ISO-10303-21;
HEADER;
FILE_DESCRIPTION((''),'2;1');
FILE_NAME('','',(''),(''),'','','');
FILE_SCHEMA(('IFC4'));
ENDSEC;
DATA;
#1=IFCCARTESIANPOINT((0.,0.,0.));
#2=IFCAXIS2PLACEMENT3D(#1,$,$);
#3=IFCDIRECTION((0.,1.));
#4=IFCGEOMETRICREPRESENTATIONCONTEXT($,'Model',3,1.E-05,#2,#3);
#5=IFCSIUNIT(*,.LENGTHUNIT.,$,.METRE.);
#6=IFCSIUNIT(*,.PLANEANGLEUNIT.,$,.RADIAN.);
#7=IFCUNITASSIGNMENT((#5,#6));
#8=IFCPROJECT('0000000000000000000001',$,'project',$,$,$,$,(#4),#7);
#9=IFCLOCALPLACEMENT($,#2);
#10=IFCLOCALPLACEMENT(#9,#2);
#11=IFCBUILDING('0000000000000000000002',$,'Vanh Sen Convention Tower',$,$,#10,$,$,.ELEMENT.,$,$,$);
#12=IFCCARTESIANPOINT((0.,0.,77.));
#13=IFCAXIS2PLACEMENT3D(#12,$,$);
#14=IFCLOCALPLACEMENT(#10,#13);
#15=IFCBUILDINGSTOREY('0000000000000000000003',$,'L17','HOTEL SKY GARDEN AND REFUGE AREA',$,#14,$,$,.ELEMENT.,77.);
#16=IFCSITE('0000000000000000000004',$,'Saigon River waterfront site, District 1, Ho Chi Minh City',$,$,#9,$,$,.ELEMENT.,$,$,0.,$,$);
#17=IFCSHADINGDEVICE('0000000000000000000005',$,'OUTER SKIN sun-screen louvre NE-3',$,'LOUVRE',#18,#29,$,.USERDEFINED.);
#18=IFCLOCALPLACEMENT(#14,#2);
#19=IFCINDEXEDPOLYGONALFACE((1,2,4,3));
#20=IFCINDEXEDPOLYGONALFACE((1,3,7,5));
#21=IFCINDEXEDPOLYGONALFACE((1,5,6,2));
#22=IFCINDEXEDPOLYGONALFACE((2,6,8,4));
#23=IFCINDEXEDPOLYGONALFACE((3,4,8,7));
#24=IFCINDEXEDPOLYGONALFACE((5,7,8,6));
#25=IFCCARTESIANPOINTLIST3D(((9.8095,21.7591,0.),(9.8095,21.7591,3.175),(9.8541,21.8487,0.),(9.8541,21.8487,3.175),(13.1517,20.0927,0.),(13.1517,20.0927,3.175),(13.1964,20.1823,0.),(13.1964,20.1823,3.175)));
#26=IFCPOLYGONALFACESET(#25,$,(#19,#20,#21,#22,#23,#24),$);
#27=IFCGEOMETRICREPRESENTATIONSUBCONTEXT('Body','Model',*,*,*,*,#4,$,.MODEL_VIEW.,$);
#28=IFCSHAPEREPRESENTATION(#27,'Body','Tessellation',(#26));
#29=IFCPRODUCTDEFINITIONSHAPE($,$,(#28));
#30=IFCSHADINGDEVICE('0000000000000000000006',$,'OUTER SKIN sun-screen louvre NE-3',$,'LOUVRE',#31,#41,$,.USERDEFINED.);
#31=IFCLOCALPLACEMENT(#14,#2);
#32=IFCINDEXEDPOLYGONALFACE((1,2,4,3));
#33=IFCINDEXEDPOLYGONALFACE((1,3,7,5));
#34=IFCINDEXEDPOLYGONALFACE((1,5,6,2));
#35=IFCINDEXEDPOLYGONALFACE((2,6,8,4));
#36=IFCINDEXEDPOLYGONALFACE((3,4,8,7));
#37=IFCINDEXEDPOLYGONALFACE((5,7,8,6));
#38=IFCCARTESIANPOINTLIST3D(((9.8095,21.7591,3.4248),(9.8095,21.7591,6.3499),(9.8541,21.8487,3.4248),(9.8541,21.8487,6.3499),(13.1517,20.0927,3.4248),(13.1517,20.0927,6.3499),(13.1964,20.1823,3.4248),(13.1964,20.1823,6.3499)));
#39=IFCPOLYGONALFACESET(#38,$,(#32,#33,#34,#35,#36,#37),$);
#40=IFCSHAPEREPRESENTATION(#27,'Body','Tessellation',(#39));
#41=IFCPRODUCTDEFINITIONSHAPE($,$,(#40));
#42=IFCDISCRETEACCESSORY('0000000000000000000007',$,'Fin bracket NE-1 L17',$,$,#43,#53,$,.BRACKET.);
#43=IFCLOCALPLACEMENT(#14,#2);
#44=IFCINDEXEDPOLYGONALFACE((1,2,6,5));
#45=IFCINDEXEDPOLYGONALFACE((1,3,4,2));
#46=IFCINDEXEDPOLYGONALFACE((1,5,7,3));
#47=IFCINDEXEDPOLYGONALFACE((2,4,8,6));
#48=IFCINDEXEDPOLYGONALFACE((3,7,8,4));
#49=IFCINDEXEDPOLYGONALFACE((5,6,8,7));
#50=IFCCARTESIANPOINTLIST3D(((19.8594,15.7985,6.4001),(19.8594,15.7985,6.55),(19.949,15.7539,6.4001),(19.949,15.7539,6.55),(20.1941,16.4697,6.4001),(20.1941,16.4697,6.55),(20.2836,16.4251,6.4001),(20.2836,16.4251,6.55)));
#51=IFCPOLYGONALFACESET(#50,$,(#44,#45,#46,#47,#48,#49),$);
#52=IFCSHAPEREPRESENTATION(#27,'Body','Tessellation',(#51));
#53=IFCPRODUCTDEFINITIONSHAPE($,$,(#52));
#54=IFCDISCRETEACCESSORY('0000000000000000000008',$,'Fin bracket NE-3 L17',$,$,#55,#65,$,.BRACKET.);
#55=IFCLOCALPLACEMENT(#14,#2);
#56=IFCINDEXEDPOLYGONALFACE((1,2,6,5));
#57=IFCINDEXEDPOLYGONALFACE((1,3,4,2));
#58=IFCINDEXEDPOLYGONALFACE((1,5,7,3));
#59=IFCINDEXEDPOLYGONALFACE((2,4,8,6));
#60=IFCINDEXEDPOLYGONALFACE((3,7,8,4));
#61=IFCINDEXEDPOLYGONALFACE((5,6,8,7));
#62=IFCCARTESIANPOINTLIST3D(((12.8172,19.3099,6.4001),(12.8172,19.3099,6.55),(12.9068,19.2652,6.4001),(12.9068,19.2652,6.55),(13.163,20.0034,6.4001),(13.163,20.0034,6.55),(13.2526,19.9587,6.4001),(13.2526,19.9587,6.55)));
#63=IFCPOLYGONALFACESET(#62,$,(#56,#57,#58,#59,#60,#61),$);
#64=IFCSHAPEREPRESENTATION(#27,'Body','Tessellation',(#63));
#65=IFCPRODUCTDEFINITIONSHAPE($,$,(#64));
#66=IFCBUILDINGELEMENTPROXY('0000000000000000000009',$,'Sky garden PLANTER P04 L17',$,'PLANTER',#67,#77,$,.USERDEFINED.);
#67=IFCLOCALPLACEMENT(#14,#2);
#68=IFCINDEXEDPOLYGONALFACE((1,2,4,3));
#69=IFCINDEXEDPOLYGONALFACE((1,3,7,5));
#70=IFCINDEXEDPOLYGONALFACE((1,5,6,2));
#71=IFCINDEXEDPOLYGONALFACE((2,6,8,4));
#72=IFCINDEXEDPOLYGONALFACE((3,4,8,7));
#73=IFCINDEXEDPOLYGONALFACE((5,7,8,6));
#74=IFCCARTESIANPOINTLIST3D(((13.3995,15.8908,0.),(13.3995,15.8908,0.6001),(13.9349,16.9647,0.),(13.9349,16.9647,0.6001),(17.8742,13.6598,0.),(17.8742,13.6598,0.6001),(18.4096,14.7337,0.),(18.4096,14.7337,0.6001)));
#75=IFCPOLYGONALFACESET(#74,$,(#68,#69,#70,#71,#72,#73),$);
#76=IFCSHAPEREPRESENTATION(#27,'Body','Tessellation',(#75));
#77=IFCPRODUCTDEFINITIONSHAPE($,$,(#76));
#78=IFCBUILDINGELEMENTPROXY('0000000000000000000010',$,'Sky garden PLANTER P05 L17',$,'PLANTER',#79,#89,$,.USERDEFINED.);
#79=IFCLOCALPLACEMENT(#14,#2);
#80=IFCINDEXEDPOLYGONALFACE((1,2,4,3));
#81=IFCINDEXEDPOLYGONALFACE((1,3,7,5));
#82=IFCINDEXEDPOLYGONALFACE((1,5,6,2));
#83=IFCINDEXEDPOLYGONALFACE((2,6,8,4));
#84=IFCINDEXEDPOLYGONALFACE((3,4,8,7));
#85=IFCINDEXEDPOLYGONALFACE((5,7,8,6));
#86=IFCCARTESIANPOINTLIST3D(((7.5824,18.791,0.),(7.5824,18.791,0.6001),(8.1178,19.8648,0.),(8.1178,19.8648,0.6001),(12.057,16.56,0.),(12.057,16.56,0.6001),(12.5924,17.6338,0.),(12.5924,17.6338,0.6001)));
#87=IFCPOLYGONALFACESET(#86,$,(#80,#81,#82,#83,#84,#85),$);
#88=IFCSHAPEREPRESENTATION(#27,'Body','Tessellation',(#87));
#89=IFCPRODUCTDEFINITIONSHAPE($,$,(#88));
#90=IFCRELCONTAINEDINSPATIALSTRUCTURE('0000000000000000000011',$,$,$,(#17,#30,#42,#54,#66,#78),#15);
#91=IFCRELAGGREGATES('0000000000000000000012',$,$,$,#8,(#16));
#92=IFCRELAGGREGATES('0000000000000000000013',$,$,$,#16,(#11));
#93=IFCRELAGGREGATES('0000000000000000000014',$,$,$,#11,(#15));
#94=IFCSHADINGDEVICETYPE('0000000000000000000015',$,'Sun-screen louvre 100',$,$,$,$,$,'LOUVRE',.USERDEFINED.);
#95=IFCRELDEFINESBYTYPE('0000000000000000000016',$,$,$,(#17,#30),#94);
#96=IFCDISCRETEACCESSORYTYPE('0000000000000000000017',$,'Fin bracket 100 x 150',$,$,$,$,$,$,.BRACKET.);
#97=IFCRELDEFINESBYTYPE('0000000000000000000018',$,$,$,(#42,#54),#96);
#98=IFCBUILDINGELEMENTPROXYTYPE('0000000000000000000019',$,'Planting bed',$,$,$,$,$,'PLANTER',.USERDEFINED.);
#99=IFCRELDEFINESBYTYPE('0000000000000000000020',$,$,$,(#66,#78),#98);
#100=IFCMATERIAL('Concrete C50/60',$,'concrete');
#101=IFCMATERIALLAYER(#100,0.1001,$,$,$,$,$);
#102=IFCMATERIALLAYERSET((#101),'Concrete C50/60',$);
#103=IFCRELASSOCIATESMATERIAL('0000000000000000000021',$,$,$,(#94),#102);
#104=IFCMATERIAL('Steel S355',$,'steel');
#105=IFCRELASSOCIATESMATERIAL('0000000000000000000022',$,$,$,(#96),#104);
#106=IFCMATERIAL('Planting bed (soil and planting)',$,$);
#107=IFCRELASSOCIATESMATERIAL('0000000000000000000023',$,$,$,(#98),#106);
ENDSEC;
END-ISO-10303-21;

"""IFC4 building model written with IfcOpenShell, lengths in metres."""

from ifc_helpers import new_model, si_unit, direction, frame, origin, origin_2d, place, context, subcontext, project, spatial, rectangle, extrude, material, layer, layer_set, type_object, element, save


model = new_model("IFC4")

# Units and contexts
model_context = context("Model", 3, precision=1e-05, world=origin(), true_north=direction((0.0, 1.0)))
body_context = subcontext(model_context, "Body", "Model", "MODEL_VIEW")
ifc_project = project(units=[si_unit("LENGTHUNIT", "METRE"), si_unit("PLANEANGLEUNIT", "RADIAN")], contexts=[model_context])

# Site, building, storey
site_placement = place(None, origin())
site = spatial("IfcSite", under=ifc_project, at=site_placement, Name="Saigon River waterfront site, District 1, Ho Chi Minh City", CompositionType="ELEMENT", RefElevation=0.0)
building_placement = place(site_placement, origin())
building = spatial("IfcBuilding", under=site, at=building_placement, Name="Vanh Sen Convention Tower", CompositionType="ELEMENT")
storey_placement = place(building_placement, frame((0.0, 0.0, 77.0)))
storey = spatial("IfcBuildingStorey", under=building, at=storey_placement, Name="L17", Description="HOTEL SKY GARDEN AND REFUGE AREA", CompositionType="ELEMENT", Elevation=77.0)

# Shading devices
ifc_material_1 = material(Name="Concrete C50/60", Category="concrete")
ifc_layer_1 = layer(ifc_material_1, 0.1001)
ifc_layer_set_1 = layer_set([ifc_layer_1], Name="Concrete C50/60")
shading_device_type = type_object("IfcShadingDeviceType", Name="Sun-screen louvre 100", ElementType="LOUVRE", PredefinedType="USERDEFINED", material=ifc_layer_set_1)
shading_device_1_placement = place(storey_placement, frame((11.5029, 20.9707, 0.0), z_axis=(0.0, 0.0, 1.0), x_axis=(-0.894935, 0.446196, 0.0)))
element("IfcShadingDevice", 1, at=shading_device_1_placement, inside=storey, type_object=shading_device_type, Name="OUTER SKIN sun-screen louvre NE-3", ObjectType="LOUVRE", PredefinedType="USERDEFINED", context=body_context, shape_type="SweptSolid", body=[
    extrude(rectangle(XDim=3.7346, YDim=0.1001, at=origin_2d()), origin(), (0.0, 0.0, 1.0), 3.175),
])
shading_device_2_placement = place(storey_placement, frame((11.5029, 20.9707, 3.4248), z_axis=(0.0, 0.0, 1.0), x_axis=(-0.894935, 0.446196, 0.0)))
element("IfcShadingDevice", 2, at=shading_device_2_placement, inside=storey, type_object=shading_device_type, Name="OUTER SKIN sun-screen louvre NE-3", ObjectType="LOUVRE", PredefinedType="USERDEFINED", context=body_context, shape_type="SweptSolid", body=[
    extrude(rectangle(XDim=3.7346, YDim=0.1001, at=origin_2d()), origin(), (0.0, 0.0, 1.0), 2.925),
])

# Discrete accessories
ifc_material_2 = material(Name="Steel S355", Category="steel")
discrete_accessory_type = type_object("IfcDiscreteAccessoryType", Name="Fin bracket 100 x 150", PredefinedType="BRACKET", material=ifc_material_2)
discrete_accessory_1_placement = place(storey_placement, frame((20.0715, 16.1118, 6.4001), z_axis=(0.0, 0.0, 1.0), x_axis=(0.446198, 0.894934, 0.0)))
element("IfcDiscreteAccessory", 3, at=discrete_accessory_1_placement, inside=storey, type_object=discrete_accessory_type, Name="Fin bracket NE-1 L17", PredefinedType="BRACKET", context=body_context, shape_type="SweptSolid", body=[
    extrude(rectangle(XDim=0.75, YDim=0.1001, at=origin_2d()), origin(), (0.0, 0.0, 1.0), 0.1499),
])
discrete_accessory_2_placement = place(storey_placement, frame((13.0349, 19.6343, 6.4001), z_axis=(0.0, 0.0, 1.0), x_axis=(0.446198, 0.894934, 0.0)))
element("IfcDiscreteAccessory", 4, at=discrete_accessory_2_placement, inside=storey, type_object=discrete_accessory_type, Name="Fin bracket NE-3 L17", PredefinedType="BRACKET", context=body_context, shape_type="SweptSolid", body=[
    extrude(rectangle(XDim=0.7749, YDim=0.1001, at=origin_2d()), origin(), (0.0, 0.0, 1.0), 0.1499),
])

# Building element proxies
ifc_material_3 = material(Name="Planting bed (soil and planting)")
building_element_proxy_type = type_object("IfcBuildingElementProxyType", Name="Planting bed", ElementType="PLANTER", PredefinedType="USERDEFINED", material=ifc_material_3)
for number, where, z_axis, x_axis, name in (
    (5, (15.9045, 15.3123, 0.0), (0.0, 0.0, 1.0), (-0.894934, 0.446199, 0.0), "Sky garden PLANTER P04 L17"),
    (6, (10.0874, 18.2124, 0.0), (0.0, 0.0, 1.0), (-0.894934, 0.446199, 0.0), "Sky garden PLANTER P05 L17"),
):
    element("IfcBuildingElementProxy", number, at=place(storey_placement, frame(where, z_axis=z_axis, x_axis=x_axis)), inside=storey, type_object=building_element_proxy_type, Name=name, ObjectType="PLANTER", PredefinedType="USERDEFINED", context=body_context, shape_type="SweptSolid", body=[
        extrude(rectangle(XDim=5.0, YDim=1.2, at=origin_2d()), origin(), (0.0, 0.0, 1.0), 0.6001),
    ])

save(model, "model.ifc")
